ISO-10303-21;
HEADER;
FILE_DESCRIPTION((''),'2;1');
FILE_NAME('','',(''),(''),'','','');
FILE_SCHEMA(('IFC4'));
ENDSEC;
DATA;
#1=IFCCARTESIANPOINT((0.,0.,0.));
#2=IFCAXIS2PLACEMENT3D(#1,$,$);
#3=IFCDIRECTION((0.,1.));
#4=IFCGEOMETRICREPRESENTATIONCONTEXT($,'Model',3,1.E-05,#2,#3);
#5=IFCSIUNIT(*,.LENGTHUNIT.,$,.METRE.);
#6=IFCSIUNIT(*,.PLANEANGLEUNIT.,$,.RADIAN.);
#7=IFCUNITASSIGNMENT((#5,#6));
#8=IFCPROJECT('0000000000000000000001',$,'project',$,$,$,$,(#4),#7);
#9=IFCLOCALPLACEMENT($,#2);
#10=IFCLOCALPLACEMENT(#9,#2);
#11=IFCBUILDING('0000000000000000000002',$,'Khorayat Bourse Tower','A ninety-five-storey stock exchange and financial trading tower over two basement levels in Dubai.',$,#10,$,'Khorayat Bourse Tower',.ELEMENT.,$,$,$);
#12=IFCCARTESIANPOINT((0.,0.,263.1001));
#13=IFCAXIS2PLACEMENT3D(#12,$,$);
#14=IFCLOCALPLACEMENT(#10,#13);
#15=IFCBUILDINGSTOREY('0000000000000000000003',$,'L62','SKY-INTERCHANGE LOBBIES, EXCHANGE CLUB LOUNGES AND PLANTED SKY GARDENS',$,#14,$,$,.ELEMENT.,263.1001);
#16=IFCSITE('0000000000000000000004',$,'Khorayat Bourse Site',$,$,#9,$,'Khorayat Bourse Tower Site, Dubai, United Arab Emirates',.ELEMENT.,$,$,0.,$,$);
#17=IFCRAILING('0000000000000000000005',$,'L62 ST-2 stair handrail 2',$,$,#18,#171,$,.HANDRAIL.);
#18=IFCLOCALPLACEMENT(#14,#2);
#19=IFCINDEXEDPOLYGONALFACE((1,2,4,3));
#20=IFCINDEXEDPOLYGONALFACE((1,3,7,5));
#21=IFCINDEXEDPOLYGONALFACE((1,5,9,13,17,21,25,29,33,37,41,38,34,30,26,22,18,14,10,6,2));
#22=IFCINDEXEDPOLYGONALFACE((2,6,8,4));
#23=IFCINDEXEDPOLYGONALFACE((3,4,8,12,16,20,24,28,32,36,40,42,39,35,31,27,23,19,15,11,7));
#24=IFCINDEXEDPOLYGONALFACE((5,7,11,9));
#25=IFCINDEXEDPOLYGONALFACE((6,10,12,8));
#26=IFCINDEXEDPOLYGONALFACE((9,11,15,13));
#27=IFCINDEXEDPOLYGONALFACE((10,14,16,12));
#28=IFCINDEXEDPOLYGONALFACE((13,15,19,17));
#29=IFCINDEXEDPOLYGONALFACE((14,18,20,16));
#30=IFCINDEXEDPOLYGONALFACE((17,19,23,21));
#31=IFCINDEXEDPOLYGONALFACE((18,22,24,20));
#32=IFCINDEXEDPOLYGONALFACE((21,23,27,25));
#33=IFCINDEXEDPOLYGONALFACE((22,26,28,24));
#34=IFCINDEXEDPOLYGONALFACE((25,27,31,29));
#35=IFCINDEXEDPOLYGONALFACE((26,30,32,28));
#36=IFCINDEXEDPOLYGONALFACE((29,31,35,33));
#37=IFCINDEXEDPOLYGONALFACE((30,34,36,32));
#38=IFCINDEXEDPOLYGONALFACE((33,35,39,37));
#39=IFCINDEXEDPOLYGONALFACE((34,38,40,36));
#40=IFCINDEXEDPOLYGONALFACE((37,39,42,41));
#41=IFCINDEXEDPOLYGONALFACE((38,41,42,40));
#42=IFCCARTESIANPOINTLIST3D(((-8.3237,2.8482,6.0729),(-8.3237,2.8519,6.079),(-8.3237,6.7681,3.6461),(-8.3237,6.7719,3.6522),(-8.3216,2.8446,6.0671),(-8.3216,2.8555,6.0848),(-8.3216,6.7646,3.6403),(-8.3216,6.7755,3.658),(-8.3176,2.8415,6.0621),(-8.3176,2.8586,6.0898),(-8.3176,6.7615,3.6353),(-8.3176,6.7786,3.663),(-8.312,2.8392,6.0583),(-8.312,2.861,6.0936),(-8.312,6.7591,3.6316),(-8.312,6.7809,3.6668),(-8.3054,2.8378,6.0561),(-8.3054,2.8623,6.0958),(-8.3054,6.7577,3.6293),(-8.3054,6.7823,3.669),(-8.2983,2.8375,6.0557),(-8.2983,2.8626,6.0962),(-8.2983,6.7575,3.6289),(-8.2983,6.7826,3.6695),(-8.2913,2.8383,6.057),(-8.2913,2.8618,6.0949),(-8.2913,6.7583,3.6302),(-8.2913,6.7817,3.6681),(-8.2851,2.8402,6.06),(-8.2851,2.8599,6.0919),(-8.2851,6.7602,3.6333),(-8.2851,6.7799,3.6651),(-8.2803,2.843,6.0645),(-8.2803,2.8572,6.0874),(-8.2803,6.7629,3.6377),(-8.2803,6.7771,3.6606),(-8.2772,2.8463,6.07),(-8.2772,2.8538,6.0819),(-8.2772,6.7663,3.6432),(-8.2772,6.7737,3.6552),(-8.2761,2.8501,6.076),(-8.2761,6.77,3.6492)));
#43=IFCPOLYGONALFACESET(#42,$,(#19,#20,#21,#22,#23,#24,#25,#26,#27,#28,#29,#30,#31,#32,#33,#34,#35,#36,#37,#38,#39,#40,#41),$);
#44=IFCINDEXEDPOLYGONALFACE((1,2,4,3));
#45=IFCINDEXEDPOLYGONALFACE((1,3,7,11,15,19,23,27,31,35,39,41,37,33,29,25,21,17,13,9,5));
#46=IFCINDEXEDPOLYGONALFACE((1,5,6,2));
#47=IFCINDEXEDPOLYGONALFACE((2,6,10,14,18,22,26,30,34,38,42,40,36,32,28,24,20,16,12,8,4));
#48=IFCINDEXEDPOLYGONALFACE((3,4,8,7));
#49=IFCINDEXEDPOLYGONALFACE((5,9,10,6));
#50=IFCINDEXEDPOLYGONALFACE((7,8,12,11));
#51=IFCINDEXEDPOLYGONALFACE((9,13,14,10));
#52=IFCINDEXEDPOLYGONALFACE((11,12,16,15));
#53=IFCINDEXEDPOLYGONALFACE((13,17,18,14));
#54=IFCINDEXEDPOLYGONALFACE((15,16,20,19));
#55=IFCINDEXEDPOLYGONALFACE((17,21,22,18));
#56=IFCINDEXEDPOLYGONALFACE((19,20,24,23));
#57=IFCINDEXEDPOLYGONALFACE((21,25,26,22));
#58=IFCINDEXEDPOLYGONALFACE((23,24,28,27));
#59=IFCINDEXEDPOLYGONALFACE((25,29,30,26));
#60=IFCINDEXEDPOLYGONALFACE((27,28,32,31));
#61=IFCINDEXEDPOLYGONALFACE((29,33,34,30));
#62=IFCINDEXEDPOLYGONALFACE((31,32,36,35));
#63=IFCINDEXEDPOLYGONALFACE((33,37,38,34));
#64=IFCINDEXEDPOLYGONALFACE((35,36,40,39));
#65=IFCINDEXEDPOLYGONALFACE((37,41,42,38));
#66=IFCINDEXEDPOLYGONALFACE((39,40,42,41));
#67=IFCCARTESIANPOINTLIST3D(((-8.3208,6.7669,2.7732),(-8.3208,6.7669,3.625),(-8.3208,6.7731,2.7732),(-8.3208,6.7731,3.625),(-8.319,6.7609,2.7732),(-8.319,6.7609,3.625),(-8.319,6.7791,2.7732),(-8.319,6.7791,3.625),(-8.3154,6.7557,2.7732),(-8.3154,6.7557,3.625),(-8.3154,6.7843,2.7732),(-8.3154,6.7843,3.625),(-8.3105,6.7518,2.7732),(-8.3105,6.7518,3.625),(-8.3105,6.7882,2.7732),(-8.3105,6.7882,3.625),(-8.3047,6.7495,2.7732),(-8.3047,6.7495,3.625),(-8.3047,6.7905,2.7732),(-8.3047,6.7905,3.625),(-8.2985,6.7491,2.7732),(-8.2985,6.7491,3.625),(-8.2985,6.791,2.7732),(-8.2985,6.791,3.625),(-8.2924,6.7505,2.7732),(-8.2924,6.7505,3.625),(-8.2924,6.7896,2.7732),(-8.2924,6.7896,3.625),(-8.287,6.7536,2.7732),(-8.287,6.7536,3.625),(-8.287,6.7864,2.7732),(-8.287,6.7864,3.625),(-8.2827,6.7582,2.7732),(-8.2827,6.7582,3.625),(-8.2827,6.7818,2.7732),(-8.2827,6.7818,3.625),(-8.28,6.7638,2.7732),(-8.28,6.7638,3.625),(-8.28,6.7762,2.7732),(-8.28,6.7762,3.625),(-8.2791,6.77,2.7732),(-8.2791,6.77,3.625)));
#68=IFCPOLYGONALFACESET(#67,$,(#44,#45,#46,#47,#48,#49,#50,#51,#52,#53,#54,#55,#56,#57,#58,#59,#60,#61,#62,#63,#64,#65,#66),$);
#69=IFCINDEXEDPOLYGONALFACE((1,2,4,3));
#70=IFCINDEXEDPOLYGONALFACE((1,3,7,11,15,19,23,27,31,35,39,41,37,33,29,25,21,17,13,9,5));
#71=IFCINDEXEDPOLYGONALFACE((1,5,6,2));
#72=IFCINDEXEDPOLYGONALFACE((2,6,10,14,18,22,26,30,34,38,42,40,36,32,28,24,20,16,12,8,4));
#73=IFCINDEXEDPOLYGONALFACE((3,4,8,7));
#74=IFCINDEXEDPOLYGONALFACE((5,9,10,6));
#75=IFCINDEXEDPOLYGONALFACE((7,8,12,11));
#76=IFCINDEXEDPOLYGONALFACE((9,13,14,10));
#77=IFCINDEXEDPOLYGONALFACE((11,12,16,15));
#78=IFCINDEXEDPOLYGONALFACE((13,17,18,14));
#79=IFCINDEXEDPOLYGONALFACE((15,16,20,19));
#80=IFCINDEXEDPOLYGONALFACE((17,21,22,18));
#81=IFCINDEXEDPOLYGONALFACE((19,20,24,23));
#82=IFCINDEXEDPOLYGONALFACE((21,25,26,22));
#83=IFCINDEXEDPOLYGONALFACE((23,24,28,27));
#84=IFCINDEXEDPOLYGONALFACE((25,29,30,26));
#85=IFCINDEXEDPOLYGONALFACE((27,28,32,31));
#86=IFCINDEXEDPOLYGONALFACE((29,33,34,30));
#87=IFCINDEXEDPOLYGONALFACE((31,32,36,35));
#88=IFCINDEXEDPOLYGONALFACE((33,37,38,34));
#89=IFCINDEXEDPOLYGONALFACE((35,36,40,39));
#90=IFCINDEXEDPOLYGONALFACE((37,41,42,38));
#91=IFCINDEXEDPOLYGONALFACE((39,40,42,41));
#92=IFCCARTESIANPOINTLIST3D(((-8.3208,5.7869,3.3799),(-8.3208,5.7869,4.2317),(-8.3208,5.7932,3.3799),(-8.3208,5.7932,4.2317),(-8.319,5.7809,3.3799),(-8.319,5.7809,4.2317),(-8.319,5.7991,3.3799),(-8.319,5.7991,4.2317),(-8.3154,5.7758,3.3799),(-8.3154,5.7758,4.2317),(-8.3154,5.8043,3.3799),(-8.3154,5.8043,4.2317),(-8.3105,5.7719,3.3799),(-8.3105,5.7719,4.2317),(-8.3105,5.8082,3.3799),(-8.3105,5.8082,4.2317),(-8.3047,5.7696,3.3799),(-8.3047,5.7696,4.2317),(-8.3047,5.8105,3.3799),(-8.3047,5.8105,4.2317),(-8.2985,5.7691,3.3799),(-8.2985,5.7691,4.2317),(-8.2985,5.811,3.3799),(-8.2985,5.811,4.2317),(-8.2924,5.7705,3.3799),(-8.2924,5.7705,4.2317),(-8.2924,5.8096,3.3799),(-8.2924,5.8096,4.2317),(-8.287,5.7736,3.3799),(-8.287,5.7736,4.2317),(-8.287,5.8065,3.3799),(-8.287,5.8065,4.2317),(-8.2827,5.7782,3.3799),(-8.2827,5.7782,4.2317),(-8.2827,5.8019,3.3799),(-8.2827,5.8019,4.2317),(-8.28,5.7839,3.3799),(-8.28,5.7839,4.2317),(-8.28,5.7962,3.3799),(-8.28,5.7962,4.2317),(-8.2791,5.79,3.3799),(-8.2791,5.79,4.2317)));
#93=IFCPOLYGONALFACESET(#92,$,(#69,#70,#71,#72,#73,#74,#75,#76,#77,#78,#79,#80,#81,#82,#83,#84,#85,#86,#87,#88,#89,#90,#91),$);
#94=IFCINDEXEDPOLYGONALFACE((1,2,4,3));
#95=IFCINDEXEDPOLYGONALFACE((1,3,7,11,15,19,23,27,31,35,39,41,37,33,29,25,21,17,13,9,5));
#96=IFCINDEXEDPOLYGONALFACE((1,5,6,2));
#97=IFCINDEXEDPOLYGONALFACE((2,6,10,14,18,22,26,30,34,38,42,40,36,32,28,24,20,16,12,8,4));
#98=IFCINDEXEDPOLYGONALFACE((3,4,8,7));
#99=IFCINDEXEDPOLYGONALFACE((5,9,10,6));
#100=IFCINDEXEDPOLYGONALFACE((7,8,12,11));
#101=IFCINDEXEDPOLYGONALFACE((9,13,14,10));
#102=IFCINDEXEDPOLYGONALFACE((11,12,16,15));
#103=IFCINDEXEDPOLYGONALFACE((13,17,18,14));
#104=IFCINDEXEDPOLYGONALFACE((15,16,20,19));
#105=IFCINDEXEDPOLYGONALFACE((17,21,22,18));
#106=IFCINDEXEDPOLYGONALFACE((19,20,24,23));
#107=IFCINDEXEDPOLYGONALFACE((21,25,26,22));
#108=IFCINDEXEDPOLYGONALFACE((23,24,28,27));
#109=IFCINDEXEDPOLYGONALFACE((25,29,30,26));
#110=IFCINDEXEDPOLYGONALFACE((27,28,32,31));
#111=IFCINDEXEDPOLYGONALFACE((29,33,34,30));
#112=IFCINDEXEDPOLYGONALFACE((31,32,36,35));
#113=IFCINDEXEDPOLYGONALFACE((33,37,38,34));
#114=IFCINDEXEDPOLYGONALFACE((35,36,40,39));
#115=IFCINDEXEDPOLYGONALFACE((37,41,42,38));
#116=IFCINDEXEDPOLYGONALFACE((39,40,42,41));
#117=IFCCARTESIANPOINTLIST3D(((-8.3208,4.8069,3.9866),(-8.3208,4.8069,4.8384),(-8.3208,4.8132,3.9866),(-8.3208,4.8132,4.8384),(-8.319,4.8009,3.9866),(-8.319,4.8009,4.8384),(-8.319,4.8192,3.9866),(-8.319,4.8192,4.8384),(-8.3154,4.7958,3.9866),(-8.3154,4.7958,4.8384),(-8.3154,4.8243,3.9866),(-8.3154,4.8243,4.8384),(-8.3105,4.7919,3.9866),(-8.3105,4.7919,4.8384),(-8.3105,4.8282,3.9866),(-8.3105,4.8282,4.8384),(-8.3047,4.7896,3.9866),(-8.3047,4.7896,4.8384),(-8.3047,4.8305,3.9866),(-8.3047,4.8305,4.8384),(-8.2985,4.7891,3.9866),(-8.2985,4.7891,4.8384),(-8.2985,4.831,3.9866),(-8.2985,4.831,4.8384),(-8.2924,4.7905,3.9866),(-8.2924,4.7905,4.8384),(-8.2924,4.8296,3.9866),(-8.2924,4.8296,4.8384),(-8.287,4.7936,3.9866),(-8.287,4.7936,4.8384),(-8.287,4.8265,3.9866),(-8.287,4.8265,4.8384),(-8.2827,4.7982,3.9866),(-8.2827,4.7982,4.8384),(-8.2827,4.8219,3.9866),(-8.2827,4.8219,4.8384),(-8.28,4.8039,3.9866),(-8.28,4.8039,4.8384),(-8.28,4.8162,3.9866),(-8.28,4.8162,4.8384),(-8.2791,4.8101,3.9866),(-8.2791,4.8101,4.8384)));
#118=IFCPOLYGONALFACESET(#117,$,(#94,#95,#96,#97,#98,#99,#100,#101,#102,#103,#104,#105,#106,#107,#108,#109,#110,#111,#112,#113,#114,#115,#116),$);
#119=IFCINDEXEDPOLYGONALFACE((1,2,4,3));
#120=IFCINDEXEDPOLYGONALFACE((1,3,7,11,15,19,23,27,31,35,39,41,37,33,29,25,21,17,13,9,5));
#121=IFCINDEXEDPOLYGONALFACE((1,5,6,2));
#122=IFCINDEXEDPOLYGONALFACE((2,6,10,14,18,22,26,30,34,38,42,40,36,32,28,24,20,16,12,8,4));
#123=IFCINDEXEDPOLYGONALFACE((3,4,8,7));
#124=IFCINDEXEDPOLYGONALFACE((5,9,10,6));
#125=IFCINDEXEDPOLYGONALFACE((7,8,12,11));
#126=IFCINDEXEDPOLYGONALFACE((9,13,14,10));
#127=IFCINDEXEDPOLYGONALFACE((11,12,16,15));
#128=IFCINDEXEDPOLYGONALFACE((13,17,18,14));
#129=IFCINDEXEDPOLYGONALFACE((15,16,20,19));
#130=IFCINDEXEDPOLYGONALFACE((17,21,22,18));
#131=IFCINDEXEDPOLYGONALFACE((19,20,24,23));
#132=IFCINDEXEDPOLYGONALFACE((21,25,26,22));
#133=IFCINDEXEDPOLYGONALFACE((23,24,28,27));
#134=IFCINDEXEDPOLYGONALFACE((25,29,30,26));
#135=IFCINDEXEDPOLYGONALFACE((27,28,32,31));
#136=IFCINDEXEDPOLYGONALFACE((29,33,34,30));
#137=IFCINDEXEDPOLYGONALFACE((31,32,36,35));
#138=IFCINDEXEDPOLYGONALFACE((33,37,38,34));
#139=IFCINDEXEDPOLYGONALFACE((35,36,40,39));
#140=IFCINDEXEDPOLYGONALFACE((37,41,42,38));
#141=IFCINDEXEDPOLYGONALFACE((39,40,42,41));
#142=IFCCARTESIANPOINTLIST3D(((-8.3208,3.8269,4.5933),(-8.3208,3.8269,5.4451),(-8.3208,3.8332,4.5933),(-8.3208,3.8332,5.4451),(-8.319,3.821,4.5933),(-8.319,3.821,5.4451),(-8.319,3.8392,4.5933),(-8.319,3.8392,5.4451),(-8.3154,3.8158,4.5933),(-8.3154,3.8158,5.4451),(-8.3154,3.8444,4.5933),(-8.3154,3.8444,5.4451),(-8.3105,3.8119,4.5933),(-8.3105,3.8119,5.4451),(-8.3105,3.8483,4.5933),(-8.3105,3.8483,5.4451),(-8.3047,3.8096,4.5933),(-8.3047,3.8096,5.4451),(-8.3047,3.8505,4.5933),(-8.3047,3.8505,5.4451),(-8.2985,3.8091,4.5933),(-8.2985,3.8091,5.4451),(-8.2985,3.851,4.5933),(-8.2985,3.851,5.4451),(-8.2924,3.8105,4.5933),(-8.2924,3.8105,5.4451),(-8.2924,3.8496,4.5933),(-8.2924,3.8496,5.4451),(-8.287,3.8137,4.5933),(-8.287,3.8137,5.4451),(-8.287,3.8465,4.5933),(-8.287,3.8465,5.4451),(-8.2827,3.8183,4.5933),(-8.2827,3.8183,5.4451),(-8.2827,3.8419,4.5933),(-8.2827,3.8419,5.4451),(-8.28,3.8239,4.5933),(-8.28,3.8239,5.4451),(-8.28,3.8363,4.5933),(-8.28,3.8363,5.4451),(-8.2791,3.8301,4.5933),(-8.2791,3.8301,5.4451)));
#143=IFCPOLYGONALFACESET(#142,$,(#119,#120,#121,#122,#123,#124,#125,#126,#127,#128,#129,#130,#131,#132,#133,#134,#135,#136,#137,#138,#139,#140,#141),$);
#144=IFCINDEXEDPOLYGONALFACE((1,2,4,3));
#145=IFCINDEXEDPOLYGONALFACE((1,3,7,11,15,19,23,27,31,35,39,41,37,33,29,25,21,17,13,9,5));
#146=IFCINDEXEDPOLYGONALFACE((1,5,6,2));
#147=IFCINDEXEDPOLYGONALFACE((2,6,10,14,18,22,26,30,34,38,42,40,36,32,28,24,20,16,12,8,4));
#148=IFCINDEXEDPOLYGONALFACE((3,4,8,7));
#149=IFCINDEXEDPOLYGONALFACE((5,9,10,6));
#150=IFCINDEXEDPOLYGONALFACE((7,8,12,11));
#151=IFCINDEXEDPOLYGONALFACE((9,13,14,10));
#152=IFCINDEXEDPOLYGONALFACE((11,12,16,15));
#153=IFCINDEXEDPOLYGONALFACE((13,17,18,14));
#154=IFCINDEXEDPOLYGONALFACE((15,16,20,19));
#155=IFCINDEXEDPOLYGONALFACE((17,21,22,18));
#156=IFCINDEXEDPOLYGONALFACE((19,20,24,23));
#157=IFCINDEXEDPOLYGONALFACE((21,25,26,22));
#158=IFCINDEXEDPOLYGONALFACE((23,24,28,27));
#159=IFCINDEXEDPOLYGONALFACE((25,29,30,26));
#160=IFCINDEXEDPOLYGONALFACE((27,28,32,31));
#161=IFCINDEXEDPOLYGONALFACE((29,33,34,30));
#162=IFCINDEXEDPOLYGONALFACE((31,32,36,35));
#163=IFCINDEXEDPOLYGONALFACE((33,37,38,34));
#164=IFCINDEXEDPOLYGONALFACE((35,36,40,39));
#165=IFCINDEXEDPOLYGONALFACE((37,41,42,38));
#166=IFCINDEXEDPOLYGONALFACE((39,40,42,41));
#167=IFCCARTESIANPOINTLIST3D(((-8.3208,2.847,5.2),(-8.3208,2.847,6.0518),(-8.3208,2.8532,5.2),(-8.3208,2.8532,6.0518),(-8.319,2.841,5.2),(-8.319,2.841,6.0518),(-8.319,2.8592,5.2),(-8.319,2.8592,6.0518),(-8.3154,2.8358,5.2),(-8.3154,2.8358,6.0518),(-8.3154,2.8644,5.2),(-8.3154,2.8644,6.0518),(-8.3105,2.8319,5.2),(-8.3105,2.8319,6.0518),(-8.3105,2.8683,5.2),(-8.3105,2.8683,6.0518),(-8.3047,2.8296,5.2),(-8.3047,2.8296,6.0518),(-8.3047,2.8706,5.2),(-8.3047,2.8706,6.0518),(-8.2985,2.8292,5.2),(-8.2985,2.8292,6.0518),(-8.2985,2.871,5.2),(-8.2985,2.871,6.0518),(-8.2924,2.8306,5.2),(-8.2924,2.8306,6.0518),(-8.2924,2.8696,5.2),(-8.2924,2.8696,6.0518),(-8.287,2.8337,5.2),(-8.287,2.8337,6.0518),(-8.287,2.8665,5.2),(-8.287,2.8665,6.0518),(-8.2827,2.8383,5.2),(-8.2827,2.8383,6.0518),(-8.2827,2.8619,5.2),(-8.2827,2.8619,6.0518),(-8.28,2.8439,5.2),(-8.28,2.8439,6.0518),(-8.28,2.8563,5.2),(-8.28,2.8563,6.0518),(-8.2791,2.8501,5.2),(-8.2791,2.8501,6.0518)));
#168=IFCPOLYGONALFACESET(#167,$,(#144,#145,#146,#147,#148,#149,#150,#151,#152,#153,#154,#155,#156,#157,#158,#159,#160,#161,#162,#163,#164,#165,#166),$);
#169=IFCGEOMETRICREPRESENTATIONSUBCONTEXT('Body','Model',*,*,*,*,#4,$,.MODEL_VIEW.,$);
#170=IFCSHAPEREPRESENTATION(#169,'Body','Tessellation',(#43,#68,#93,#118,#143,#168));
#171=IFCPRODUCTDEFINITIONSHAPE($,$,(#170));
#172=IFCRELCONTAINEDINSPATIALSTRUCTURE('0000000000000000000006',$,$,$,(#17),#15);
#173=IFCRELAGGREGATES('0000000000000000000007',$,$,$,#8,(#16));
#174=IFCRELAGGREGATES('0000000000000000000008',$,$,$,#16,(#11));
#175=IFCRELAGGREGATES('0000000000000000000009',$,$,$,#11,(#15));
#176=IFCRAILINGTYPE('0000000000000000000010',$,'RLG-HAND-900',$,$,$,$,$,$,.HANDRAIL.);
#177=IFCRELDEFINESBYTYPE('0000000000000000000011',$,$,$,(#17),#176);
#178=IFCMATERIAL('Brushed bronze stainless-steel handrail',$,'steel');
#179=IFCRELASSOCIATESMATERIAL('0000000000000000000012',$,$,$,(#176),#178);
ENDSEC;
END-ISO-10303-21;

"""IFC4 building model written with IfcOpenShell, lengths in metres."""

from ifc_helpers import new_model, si_unit, direction, frame, origin, origin_2d, place, context, subcontext, project, spatial, circle, extrude, source, transform, mapped, material, type_object, element, save


model = new_model("IFC4")

# Units and contexts
model_context = context("Model", 3, precision=1e-05, world=origin(), true_north=direction((0.0, 1.0)))
body_context = subcontext(model_context, "Body", "Model", "MODEL_VIEW")
ifc_project = project(units=[si_unit("LENGTHUNIT", "METRE"), si_unit("PLANEANGLEUNIT", "RADIAN")], contexts=[model_context])

# Site, building, storey
site_placement = place(None, origin())
site = spatial("IfcSite", under=ifc_project, at=site_placement, Name="Khorayat Bourse Site", LongName="Khorayat Bourse Tower Site, Dubai, United Arab Emirates", CompositionType="ELEMENT", RefElevation=0.0)
building_placement = place(site_placement, origin())
building = spatial("IfcBuilding", under=site, at=building_placement, Name="Khorayat Bourse Tower", Description="A ninety-five-storey stock exchange and financial trading tower over two basement levels in Dubai.", LongName="Khorayat Bourse Tower", CompositionType="ELEMENT")
storey_placement = place(building_placement, frame((0.0, 0.0, 263.1001)))
storey = spatial("IfcBuildingStorey", under=building, at=storey_placement, Name="L62", Description="SKY-INTERCHANGE LOBBIES, EXCHANGE CLUB LOUNGES AND PLANTED SKY GARDENS", CompositionType="ELEMENT", Elevation=263.1001)

# Railing
ifc_material_1 = material(Name="Brushed bronze stainless-steel handrail", Category="steel")
railing_type_1 = type_object("IfcRailingType", Name="RLG-HAND-900", PredefinedType="HANDRAIL", material=ifc_material_1)
shared_shape_1 = source(origin(), body_context, "Body", "SweptSolid", [
    extrude(circle(Radius=0.0239, at=origin_2d()), frame((0.0, 0.0, 0.876), z_axis=(0.0, -0.850252, 0.526376), x_axis=(1.0, 0.0, 0.0)), (0.0, 0.0, 1.0), 4.6104),
    extrude(circle(Radius=0.021, at=origin_2d()), origin(), (0.0, 0.0, 1.0), 0.8518),
    extrude(circle(Radius=0.021, at=origin_2d()), frame((0.0, -0.98, 0.6067)), (0.0, 0.0, 1.0), 0.8518),
    extrude(circle(Radius=0.021, at=origin_2d()), frame((0.0, -1.96, 1.2134)), (0.0, 0.0, 1.0), 0.8518),
    extrude(circle(Radius=0.021, at=origin_2d()), frame((0.0, -2.9399, 1.8201)), (0.0, 0.0, 1.0), 0.8518),
    extrude(circle(Radius=0.021, at=origin_2d()), frame((0.0, -3.9199, 2.4268)), (0.0, 0.0, 1.0), 0.8518),
])
railing_1_placement = place(storey_placement, frame((-8.3, 6.77, 2.7732)))
element("IfcRailing", 1, at=railing_1_placement, inside=storey, type_object=railing_type_1, Name="L62 ST-2 stair handrail 2", PredefinedType="HANDRAIL", context=body_context, shape_type="MappedRepresentation", body=[
    mapped(shared_shape_1, transform((0.0, 0.0, 0.0), scale=1.0)),
])

save(model, "model.ifc")
